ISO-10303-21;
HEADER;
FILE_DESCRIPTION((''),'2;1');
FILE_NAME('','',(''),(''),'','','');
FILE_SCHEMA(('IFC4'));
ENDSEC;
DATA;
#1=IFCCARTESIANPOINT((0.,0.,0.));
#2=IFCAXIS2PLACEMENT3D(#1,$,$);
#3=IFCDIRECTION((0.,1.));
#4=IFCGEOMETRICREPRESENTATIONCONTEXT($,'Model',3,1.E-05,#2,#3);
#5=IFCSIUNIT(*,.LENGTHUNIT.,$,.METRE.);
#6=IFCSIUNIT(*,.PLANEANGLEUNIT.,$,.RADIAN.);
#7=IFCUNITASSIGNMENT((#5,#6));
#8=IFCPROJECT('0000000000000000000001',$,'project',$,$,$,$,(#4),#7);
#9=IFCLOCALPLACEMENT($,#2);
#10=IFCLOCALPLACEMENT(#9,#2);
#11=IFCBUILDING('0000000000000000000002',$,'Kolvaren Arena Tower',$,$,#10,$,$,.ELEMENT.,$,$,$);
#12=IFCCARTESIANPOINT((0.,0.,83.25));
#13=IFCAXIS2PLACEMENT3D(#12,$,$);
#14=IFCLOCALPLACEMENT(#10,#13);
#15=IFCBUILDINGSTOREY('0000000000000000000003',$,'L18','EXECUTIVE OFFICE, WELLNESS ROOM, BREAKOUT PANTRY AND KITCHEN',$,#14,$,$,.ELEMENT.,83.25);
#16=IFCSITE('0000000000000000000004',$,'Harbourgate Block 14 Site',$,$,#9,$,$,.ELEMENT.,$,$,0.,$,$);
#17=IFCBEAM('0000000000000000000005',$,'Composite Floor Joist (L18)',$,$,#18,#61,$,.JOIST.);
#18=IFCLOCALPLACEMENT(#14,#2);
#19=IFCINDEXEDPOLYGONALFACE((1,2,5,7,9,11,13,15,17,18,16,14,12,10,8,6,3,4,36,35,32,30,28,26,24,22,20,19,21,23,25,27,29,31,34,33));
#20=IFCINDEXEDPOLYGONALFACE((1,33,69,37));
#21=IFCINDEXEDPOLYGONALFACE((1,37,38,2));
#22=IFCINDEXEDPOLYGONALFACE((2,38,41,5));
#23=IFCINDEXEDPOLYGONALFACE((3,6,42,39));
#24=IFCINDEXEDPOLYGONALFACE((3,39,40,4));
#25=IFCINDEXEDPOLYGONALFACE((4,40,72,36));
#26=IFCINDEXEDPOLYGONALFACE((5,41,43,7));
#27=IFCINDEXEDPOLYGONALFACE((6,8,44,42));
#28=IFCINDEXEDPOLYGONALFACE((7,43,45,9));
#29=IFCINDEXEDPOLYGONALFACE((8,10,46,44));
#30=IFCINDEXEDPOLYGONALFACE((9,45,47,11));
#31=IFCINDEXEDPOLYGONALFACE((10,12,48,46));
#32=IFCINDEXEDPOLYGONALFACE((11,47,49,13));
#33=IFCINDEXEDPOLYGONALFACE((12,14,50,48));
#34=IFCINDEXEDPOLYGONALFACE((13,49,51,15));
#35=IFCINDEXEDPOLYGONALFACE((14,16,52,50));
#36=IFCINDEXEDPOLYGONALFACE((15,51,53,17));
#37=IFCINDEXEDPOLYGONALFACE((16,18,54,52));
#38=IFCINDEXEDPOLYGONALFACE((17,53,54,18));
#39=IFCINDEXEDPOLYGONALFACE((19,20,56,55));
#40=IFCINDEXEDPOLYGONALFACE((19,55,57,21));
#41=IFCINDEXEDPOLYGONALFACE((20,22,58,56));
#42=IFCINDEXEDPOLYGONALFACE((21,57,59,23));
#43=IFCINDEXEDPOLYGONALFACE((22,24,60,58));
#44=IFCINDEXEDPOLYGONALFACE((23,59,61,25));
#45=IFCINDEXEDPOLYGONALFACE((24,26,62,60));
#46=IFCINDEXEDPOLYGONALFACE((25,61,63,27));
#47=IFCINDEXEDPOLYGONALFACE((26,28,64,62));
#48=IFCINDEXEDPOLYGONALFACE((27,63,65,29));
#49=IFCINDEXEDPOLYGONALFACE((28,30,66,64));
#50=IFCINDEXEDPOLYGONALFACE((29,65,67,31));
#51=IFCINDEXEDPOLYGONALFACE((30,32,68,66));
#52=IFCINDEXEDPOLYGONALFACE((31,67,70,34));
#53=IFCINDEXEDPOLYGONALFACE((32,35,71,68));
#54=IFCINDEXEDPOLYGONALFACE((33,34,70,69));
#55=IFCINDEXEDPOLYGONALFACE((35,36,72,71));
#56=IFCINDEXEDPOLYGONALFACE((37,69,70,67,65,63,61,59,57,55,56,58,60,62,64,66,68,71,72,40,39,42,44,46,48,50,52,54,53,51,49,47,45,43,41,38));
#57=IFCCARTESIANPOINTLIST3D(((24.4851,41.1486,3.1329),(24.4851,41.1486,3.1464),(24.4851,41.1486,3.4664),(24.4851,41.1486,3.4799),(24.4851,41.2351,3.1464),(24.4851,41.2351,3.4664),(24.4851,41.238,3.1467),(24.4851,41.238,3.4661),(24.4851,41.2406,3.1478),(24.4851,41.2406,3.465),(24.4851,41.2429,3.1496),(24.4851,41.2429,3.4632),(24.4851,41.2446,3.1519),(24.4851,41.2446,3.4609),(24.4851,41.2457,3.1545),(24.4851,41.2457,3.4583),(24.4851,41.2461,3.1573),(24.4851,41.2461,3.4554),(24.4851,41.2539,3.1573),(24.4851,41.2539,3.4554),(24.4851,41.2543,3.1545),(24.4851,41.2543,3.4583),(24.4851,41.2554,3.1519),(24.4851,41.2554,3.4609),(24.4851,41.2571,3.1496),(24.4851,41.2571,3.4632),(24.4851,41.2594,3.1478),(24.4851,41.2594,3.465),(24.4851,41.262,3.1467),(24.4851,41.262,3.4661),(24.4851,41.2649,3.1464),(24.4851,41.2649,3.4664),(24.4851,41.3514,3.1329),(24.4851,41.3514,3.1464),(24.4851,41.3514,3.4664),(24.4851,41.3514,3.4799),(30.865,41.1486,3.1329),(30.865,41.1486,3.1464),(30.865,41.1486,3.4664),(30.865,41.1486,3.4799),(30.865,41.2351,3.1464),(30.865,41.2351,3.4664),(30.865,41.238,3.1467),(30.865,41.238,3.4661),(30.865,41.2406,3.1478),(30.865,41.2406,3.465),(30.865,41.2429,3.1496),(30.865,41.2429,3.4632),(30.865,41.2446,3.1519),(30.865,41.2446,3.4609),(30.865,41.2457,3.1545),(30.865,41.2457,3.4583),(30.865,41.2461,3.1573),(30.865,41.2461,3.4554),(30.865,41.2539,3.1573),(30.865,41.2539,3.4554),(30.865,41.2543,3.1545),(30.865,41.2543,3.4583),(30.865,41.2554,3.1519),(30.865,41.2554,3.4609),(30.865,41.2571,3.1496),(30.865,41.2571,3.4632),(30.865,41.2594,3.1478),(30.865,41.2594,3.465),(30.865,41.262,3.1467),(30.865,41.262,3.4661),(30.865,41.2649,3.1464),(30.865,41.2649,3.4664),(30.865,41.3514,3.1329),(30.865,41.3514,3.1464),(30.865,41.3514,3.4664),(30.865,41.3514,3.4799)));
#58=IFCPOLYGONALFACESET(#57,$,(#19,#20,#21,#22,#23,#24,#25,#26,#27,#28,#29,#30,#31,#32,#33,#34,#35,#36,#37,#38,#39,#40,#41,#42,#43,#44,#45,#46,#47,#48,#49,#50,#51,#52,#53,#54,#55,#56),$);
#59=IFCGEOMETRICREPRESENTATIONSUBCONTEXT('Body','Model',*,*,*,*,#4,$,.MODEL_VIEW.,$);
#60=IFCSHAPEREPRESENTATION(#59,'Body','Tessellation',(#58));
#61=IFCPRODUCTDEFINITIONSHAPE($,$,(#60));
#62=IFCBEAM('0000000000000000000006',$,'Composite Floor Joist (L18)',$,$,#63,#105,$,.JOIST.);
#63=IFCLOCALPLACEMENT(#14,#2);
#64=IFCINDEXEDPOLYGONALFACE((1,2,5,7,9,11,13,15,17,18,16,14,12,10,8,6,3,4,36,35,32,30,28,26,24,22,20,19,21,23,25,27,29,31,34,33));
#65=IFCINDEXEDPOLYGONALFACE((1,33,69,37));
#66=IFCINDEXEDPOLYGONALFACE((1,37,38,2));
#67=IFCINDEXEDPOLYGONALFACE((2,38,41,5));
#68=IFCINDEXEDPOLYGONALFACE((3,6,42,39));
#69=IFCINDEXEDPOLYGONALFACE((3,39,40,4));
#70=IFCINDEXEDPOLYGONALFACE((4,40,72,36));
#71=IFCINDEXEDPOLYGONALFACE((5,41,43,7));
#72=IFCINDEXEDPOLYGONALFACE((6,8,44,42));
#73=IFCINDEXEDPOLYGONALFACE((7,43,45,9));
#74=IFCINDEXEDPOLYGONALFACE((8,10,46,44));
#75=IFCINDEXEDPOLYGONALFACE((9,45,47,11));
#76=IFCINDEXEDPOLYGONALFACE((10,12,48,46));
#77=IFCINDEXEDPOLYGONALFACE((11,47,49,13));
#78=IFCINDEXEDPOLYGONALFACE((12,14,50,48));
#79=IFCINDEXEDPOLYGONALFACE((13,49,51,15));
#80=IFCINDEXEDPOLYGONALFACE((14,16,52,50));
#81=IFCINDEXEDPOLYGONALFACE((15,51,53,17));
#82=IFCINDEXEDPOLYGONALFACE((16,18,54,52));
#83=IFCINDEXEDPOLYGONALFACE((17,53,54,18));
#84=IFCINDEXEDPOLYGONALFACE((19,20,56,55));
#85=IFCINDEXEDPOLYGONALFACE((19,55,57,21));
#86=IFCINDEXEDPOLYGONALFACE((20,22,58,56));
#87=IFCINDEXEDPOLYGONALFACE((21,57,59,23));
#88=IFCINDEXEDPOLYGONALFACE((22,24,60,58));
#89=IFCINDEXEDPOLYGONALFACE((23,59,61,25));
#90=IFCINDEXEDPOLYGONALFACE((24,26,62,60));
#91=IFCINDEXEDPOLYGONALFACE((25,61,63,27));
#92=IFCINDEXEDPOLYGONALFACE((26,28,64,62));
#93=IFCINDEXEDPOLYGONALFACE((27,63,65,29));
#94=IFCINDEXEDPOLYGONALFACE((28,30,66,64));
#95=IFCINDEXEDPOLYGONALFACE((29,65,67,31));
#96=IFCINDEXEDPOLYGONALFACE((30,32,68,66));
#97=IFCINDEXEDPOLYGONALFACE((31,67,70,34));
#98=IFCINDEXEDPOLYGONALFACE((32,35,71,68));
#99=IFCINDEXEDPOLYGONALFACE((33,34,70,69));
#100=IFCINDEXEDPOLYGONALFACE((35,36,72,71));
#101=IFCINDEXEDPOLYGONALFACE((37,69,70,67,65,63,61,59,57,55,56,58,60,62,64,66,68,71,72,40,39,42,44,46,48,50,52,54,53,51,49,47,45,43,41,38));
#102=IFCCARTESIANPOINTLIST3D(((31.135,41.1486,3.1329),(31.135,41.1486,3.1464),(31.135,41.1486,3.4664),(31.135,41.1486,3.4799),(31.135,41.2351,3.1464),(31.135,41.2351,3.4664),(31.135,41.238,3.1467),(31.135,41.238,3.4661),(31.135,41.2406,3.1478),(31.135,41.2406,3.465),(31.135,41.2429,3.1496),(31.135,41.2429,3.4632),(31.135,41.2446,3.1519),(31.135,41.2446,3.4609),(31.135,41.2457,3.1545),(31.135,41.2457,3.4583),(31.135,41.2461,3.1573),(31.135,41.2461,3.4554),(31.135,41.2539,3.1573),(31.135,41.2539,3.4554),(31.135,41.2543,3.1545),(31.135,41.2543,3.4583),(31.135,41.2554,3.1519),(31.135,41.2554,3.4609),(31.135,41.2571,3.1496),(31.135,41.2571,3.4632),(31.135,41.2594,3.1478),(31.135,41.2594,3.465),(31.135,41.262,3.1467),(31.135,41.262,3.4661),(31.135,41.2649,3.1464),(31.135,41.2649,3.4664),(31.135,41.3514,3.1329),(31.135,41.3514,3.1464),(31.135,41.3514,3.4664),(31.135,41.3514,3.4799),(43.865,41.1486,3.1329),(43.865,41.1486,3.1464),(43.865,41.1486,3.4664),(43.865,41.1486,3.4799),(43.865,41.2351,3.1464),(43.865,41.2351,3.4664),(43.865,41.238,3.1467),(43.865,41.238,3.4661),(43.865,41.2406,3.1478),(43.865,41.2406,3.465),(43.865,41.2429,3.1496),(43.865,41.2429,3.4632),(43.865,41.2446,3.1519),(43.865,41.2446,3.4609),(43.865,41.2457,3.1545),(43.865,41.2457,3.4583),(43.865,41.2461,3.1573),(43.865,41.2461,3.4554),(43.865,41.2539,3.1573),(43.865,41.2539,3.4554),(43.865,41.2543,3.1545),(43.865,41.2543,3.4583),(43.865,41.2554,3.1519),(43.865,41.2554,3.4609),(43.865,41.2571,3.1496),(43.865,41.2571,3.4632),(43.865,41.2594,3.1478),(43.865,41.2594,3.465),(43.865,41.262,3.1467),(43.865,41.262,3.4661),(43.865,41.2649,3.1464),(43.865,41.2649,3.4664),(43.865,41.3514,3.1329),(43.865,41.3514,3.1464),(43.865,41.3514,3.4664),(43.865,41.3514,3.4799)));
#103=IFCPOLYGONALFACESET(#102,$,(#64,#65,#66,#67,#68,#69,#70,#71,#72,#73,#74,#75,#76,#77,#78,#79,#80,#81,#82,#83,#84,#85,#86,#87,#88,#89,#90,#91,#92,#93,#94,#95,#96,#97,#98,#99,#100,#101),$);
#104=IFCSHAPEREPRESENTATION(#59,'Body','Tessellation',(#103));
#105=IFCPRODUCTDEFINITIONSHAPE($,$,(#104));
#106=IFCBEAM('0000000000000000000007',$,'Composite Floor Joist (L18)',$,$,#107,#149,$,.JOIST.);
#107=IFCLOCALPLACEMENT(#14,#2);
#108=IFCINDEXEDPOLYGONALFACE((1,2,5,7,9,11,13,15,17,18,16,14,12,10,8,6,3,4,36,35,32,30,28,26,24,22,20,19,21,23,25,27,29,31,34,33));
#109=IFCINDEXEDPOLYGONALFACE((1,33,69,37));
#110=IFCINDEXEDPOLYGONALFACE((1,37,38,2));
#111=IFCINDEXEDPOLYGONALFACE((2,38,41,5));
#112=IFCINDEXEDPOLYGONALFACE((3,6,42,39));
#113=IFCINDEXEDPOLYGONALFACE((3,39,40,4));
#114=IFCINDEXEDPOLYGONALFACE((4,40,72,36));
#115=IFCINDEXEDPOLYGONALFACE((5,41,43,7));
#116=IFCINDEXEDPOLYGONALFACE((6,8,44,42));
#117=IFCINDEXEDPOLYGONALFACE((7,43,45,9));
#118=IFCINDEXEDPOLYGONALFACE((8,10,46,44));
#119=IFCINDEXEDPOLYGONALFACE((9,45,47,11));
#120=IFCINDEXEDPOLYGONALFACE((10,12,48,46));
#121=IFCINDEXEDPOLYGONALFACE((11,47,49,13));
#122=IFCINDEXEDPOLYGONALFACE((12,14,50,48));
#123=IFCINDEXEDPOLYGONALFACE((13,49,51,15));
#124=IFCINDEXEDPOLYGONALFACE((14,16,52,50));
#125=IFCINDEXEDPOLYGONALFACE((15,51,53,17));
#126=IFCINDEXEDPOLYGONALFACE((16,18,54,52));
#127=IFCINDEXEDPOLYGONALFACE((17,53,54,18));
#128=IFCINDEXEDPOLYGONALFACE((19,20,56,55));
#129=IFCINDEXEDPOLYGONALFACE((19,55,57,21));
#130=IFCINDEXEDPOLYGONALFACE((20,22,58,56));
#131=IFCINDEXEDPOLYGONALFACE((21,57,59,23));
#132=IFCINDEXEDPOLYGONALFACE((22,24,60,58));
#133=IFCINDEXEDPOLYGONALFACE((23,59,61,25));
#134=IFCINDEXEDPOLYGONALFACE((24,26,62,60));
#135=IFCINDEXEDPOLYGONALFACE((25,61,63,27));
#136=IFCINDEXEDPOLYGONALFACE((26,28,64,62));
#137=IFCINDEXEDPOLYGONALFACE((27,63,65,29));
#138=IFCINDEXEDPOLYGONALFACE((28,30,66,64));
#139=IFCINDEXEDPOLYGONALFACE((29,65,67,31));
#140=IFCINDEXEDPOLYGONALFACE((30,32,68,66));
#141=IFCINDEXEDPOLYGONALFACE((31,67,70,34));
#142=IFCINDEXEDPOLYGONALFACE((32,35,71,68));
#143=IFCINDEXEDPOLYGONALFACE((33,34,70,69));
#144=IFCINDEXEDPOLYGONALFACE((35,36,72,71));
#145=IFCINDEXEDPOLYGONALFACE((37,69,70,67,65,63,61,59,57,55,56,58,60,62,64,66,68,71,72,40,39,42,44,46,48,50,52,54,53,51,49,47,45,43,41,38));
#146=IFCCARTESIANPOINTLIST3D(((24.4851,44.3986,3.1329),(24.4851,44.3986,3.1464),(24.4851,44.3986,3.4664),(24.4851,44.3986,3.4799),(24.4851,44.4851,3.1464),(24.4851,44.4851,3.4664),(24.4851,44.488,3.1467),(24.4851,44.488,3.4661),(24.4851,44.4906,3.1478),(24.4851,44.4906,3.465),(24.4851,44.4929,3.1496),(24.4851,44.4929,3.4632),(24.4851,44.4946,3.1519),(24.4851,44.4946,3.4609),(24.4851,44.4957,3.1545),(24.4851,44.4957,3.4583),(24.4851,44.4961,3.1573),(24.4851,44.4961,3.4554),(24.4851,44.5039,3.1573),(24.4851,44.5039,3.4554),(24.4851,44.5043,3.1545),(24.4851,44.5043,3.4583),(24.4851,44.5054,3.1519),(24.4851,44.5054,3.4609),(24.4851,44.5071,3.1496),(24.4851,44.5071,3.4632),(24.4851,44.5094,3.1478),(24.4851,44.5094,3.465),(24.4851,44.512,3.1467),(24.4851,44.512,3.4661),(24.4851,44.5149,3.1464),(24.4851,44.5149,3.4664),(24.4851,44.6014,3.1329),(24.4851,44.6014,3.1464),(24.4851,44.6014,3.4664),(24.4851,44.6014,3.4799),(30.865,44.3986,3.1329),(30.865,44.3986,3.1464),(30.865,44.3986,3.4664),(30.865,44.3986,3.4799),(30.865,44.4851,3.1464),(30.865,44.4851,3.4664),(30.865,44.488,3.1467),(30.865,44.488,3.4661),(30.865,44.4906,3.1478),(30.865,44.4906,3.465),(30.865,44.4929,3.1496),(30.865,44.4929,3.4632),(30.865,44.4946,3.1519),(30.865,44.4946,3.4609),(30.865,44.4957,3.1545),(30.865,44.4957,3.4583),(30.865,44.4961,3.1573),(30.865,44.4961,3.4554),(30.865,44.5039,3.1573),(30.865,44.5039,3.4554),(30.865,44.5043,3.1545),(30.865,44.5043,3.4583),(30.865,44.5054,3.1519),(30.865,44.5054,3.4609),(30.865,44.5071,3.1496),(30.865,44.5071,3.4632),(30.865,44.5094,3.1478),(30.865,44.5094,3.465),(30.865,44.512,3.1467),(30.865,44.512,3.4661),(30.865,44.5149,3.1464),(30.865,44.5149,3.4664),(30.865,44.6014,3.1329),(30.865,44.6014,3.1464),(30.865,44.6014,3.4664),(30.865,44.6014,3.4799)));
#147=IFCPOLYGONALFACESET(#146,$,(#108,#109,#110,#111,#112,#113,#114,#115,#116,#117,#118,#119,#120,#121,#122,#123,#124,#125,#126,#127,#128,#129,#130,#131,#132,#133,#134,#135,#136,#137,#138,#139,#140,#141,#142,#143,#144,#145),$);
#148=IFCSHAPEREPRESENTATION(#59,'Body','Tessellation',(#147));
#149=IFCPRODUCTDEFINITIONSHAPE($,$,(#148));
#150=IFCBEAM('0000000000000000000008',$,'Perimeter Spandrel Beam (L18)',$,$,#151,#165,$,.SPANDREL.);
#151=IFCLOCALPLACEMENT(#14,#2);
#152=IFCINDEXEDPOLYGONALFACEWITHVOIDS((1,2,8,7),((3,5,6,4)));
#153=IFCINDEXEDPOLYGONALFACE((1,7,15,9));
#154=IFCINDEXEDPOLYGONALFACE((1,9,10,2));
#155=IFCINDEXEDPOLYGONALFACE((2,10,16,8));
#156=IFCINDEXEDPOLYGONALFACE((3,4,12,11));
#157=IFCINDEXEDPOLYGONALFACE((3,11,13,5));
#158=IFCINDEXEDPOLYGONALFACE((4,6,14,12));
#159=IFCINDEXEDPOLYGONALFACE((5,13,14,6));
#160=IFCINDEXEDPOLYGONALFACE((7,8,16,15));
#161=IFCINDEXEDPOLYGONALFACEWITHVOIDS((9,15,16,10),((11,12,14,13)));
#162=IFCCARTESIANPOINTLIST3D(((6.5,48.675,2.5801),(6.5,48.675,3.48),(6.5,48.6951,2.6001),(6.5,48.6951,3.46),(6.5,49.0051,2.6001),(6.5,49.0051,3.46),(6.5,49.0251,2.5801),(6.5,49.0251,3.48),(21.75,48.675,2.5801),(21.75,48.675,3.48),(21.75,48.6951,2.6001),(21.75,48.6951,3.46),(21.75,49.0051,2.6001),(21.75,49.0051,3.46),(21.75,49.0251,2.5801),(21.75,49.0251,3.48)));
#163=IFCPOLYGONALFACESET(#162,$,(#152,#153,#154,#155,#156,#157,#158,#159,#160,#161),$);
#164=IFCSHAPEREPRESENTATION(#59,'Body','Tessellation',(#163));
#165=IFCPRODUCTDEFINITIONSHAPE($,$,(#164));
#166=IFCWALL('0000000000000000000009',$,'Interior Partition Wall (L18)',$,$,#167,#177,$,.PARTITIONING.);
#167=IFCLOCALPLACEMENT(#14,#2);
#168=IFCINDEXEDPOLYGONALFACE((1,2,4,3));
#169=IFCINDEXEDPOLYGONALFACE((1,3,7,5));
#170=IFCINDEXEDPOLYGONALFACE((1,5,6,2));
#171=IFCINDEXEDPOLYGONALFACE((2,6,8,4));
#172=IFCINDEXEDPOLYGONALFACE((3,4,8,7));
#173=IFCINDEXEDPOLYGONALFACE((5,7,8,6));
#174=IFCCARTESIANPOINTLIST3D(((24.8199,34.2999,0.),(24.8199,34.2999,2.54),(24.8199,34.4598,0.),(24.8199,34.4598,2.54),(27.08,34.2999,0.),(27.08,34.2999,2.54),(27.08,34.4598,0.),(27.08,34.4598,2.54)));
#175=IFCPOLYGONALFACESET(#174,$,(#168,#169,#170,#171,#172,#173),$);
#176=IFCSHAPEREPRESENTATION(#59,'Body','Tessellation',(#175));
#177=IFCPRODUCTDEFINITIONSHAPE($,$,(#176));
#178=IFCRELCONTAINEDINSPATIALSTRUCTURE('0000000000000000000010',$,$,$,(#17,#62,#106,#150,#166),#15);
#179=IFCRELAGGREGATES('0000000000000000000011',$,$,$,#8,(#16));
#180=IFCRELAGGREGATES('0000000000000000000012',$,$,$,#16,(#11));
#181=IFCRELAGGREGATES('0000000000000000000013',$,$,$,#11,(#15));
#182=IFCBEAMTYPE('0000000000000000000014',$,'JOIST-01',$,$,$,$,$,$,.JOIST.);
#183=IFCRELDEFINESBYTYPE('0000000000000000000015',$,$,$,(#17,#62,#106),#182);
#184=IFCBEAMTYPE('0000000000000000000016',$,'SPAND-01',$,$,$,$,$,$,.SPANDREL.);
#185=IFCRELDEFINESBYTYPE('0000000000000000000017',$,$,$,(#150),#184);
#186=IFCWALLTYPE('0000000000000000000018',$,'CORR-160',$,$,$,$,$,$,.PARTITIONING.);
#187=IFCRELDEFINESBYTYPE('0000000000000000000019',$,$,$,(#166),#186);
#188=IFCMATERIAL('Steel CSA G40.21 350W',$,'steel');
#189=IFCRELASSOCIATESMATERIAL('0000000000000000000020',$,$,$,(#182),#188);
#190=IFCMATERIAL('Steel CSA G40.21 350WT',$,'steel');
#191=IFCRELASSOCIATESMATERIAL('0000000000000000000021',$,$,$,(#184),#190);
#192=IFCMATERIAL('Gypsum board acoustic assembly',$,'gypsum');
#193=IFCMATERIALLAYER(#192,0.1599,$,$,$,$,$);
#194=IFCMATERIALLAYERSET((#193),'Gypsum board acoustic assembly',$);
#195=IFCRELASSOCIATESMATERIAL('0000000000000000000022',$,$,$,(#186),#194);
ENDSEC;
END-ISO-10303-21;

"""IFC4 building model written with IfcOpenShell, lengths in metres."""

from ifc_helpers import new_model, si_unit, direction, frame, frame_2d, origin, origin_2d, place, context, subcontext, project, spatial, rectangle, hollow_rectangle, i_section, extrude, material, layer, layer_set, material_profile, profile_set, type_object, element, save


model = new_model("IFC4")

# Units and contexts
model_context = context("Model", 3, precision=1e-05, world=origin(), true_north=direction((0.0, 1.0)))
body_context = subcontext(model_context, "Body", "Model", "MODEL_VIEW")
ifc_project = project(units=[si_unit("LENGTHUNIT", "METRE"), si_unit("PLANEANGLEUNIT", "RADIAN")], contexts=[model_context])

# Site, building, storey
site_placement = place(None, origin())
site = spatial("IfcSite", under=ifc_project, at=site_placement, Name="Harbourgate Block 14 Site", CompositionType="ELEMENT", RefElevation=0.0)
building_placement = place(site_placement, origin())
building = spatial("IfcBuilding", under=site, at=building_placement, Name="Kolvaren Arena Tower", CompositionType="ELEMENT")
storey_placement = place(building_placement, frame((0.0, 0.0, 83.25)))
storey = spatial("IfcBuildingStorey", under=building, at=storey_placement, Name="L18", Description="EXECUTIVE OFFICE, WELLNESS ROOM, BREAKOUT PANTRY AND KITCHEN", CompositionType="ELEMENT", Elevation=83.25)

# Beams
ifc_material_1 = material(Name="Steel CSA G40.21 350W", Category="steel")
ifc_material_profile_1 = material_profile(ifc_material_1, i_section(OverallWidth=0.2029, OverallDepth=0.3469, WebThickness=0.0078, FlangeThickness=0.0134, FilletRadius=0.011, at=origin_2d()), Name="W360x64")
ifc_profile_set_1 = profile_set([ifc_material_profile_1], Name="Steel CSA G40.21 350W")
beam_type_1 = type_object("IfcBeamType", Name="JOIST-01", PredefinedType="JOIST", material=ifc_profile_set_1)
beam_1_placement = place(storey_placement, frame((24.4851, 41.25, 3.3064), z_axis=(1.0, 0.0, 0.0), x_axis=(0.0, 1.0, 0.0)))
element("IfcBeam", 1, at=beam_1_placement, inside=storey, type_object=beam_type_1, Name="Composite Floor Joist (L18)", PredefinedType="JOIST", context=body_context, shape_type="SweptSolid", body=[
    extrude(i_section(OverallWidth=0.2029, OverallDepth=0.3469, WebThickness=0.0078, FlangeThickness=0.0134, FilletRadius=0.011, at=origin_2d()), origin(), (0.0, 0.0, 1.0), 6.3799),
])
beam_2_placement = place(storey_placement, frame((31.135, 41.25, 3.3064), z_axis=(1.0, 0.0, 0.0), x_axis=(0.0, 1.0, 0.0)))
element("IfcBeam", 2, at=beam_2_placement, inside=storey, type_object=beam_type_1, Name="Composite Floor Joist (L18)", PredefinedType="JOIST", context=body_context, shape_type="SweptSolid", body=[
    extrude(i_section(OverallWidth=0.2029, OverallDepth=0.3469, WebThickness=0.0078, FlangeThickness=0.0134, FilletRadius=0.011, at=origin_2d()), origin(), (0.0, 0.0, 1.0), 12.73),
])
beam_3_placement = place(storey_placement, frame((24.4851, 44.5, 3.3064), z_axis=(1.0, 0.0, 0.0), x_axis=(0.0, 1.0, 0.0)))
element("IfcBeam", 3, at=beam_3_placement, inside=storey, type_object=beam_type_1, Name="Composite Floor Joist (L18)", PredefinedType="JOIST", context=body_context, shape_type="SweptSolid", body=[
    extrude(i_section(OverallWidth=0.2029, OverallDepth=0.3469, WebThickness=0.0078, FlangeThickness=0.0134, FilletRadius=0.011, at=origin_2d()), origin(), (0.0, 0.0, 1.0), 6.3799),
])
ifc_material_2 = material(Name="Steel CSA G40.21 350WT", Category="steel")
ifc_material_profile_2 = material_profile(ifc_material_2, hollow_rectangle(XDim=0.3501, YDim=0.8999, WallThickness=0.02, at=origin_2d()), Name="HSS 900x350x20")
ifc_profile_set_2 = profile_set([ifc_material_profile_2], Name="Steel CSA G40.21 350WT")
beam_type_2 = type_object("IfcBeamType", Name="SPAND-01", PredefinedType="SPANDREL", material=ifc_profile_set_2)
beam_4_placement = place(storey_placement, frame((21.75, 48.8501, 3.03), z_axis=(-1.0, 0.0, 0.0), x_axis=(0.0, -1.0, 0.0)))
element("IfcBeam", 4, at=beam_4_placement, inside=storey, type_object=beam_type_2, Name="Perimeter Spandrel Beam (L18)", PredefinedType="SPANDREL", context=body_context, shape_type="SweptSolid", body=[
    extrude(hollow_rectangle(XDim=0.3501, YDim=0.8999, WallThickness=0.02, at=origin_2d()), origin(), (0.0, 0.0, 1.0), 15.25),
])

# Wall
ifc_material_3 = material(Name="Gypsum board acoustic assembly", Category="gypsum")
ifc_layer = layer(ifc_material_3, 0.1599)
ifc_layer_set = layer_set([ifc_layer], Name="Gypsum board acoustic assembly")
wall_type = type_object("IfcWallType", Name="CORR-160", PredefinedType="PARTITIONING", material=ifc_layer_set)
wall_placement = place(storey_placement, frame((24.8201, 34.3799, 0.0), z_axis=(0.0, 0.0, 1.0), x_axis=(1.0, 0.0, 0.0)))
element("IfcWall", 5, at=wall_placement, inside=storey, type_object=wall_type, Name="Interior Partition Wall (L18)", PredefinedType="PARTITIONING", context=body_context, shape_type="SweptSolid", body=[
    extrude(rectangle(XDim=2.26, YDim=0.1599, at=frame_2d((1.1299, 0.0))), origin(), (0.0, 0.0, 1.0), 2.54),
])

save(model, "model.ifc")
